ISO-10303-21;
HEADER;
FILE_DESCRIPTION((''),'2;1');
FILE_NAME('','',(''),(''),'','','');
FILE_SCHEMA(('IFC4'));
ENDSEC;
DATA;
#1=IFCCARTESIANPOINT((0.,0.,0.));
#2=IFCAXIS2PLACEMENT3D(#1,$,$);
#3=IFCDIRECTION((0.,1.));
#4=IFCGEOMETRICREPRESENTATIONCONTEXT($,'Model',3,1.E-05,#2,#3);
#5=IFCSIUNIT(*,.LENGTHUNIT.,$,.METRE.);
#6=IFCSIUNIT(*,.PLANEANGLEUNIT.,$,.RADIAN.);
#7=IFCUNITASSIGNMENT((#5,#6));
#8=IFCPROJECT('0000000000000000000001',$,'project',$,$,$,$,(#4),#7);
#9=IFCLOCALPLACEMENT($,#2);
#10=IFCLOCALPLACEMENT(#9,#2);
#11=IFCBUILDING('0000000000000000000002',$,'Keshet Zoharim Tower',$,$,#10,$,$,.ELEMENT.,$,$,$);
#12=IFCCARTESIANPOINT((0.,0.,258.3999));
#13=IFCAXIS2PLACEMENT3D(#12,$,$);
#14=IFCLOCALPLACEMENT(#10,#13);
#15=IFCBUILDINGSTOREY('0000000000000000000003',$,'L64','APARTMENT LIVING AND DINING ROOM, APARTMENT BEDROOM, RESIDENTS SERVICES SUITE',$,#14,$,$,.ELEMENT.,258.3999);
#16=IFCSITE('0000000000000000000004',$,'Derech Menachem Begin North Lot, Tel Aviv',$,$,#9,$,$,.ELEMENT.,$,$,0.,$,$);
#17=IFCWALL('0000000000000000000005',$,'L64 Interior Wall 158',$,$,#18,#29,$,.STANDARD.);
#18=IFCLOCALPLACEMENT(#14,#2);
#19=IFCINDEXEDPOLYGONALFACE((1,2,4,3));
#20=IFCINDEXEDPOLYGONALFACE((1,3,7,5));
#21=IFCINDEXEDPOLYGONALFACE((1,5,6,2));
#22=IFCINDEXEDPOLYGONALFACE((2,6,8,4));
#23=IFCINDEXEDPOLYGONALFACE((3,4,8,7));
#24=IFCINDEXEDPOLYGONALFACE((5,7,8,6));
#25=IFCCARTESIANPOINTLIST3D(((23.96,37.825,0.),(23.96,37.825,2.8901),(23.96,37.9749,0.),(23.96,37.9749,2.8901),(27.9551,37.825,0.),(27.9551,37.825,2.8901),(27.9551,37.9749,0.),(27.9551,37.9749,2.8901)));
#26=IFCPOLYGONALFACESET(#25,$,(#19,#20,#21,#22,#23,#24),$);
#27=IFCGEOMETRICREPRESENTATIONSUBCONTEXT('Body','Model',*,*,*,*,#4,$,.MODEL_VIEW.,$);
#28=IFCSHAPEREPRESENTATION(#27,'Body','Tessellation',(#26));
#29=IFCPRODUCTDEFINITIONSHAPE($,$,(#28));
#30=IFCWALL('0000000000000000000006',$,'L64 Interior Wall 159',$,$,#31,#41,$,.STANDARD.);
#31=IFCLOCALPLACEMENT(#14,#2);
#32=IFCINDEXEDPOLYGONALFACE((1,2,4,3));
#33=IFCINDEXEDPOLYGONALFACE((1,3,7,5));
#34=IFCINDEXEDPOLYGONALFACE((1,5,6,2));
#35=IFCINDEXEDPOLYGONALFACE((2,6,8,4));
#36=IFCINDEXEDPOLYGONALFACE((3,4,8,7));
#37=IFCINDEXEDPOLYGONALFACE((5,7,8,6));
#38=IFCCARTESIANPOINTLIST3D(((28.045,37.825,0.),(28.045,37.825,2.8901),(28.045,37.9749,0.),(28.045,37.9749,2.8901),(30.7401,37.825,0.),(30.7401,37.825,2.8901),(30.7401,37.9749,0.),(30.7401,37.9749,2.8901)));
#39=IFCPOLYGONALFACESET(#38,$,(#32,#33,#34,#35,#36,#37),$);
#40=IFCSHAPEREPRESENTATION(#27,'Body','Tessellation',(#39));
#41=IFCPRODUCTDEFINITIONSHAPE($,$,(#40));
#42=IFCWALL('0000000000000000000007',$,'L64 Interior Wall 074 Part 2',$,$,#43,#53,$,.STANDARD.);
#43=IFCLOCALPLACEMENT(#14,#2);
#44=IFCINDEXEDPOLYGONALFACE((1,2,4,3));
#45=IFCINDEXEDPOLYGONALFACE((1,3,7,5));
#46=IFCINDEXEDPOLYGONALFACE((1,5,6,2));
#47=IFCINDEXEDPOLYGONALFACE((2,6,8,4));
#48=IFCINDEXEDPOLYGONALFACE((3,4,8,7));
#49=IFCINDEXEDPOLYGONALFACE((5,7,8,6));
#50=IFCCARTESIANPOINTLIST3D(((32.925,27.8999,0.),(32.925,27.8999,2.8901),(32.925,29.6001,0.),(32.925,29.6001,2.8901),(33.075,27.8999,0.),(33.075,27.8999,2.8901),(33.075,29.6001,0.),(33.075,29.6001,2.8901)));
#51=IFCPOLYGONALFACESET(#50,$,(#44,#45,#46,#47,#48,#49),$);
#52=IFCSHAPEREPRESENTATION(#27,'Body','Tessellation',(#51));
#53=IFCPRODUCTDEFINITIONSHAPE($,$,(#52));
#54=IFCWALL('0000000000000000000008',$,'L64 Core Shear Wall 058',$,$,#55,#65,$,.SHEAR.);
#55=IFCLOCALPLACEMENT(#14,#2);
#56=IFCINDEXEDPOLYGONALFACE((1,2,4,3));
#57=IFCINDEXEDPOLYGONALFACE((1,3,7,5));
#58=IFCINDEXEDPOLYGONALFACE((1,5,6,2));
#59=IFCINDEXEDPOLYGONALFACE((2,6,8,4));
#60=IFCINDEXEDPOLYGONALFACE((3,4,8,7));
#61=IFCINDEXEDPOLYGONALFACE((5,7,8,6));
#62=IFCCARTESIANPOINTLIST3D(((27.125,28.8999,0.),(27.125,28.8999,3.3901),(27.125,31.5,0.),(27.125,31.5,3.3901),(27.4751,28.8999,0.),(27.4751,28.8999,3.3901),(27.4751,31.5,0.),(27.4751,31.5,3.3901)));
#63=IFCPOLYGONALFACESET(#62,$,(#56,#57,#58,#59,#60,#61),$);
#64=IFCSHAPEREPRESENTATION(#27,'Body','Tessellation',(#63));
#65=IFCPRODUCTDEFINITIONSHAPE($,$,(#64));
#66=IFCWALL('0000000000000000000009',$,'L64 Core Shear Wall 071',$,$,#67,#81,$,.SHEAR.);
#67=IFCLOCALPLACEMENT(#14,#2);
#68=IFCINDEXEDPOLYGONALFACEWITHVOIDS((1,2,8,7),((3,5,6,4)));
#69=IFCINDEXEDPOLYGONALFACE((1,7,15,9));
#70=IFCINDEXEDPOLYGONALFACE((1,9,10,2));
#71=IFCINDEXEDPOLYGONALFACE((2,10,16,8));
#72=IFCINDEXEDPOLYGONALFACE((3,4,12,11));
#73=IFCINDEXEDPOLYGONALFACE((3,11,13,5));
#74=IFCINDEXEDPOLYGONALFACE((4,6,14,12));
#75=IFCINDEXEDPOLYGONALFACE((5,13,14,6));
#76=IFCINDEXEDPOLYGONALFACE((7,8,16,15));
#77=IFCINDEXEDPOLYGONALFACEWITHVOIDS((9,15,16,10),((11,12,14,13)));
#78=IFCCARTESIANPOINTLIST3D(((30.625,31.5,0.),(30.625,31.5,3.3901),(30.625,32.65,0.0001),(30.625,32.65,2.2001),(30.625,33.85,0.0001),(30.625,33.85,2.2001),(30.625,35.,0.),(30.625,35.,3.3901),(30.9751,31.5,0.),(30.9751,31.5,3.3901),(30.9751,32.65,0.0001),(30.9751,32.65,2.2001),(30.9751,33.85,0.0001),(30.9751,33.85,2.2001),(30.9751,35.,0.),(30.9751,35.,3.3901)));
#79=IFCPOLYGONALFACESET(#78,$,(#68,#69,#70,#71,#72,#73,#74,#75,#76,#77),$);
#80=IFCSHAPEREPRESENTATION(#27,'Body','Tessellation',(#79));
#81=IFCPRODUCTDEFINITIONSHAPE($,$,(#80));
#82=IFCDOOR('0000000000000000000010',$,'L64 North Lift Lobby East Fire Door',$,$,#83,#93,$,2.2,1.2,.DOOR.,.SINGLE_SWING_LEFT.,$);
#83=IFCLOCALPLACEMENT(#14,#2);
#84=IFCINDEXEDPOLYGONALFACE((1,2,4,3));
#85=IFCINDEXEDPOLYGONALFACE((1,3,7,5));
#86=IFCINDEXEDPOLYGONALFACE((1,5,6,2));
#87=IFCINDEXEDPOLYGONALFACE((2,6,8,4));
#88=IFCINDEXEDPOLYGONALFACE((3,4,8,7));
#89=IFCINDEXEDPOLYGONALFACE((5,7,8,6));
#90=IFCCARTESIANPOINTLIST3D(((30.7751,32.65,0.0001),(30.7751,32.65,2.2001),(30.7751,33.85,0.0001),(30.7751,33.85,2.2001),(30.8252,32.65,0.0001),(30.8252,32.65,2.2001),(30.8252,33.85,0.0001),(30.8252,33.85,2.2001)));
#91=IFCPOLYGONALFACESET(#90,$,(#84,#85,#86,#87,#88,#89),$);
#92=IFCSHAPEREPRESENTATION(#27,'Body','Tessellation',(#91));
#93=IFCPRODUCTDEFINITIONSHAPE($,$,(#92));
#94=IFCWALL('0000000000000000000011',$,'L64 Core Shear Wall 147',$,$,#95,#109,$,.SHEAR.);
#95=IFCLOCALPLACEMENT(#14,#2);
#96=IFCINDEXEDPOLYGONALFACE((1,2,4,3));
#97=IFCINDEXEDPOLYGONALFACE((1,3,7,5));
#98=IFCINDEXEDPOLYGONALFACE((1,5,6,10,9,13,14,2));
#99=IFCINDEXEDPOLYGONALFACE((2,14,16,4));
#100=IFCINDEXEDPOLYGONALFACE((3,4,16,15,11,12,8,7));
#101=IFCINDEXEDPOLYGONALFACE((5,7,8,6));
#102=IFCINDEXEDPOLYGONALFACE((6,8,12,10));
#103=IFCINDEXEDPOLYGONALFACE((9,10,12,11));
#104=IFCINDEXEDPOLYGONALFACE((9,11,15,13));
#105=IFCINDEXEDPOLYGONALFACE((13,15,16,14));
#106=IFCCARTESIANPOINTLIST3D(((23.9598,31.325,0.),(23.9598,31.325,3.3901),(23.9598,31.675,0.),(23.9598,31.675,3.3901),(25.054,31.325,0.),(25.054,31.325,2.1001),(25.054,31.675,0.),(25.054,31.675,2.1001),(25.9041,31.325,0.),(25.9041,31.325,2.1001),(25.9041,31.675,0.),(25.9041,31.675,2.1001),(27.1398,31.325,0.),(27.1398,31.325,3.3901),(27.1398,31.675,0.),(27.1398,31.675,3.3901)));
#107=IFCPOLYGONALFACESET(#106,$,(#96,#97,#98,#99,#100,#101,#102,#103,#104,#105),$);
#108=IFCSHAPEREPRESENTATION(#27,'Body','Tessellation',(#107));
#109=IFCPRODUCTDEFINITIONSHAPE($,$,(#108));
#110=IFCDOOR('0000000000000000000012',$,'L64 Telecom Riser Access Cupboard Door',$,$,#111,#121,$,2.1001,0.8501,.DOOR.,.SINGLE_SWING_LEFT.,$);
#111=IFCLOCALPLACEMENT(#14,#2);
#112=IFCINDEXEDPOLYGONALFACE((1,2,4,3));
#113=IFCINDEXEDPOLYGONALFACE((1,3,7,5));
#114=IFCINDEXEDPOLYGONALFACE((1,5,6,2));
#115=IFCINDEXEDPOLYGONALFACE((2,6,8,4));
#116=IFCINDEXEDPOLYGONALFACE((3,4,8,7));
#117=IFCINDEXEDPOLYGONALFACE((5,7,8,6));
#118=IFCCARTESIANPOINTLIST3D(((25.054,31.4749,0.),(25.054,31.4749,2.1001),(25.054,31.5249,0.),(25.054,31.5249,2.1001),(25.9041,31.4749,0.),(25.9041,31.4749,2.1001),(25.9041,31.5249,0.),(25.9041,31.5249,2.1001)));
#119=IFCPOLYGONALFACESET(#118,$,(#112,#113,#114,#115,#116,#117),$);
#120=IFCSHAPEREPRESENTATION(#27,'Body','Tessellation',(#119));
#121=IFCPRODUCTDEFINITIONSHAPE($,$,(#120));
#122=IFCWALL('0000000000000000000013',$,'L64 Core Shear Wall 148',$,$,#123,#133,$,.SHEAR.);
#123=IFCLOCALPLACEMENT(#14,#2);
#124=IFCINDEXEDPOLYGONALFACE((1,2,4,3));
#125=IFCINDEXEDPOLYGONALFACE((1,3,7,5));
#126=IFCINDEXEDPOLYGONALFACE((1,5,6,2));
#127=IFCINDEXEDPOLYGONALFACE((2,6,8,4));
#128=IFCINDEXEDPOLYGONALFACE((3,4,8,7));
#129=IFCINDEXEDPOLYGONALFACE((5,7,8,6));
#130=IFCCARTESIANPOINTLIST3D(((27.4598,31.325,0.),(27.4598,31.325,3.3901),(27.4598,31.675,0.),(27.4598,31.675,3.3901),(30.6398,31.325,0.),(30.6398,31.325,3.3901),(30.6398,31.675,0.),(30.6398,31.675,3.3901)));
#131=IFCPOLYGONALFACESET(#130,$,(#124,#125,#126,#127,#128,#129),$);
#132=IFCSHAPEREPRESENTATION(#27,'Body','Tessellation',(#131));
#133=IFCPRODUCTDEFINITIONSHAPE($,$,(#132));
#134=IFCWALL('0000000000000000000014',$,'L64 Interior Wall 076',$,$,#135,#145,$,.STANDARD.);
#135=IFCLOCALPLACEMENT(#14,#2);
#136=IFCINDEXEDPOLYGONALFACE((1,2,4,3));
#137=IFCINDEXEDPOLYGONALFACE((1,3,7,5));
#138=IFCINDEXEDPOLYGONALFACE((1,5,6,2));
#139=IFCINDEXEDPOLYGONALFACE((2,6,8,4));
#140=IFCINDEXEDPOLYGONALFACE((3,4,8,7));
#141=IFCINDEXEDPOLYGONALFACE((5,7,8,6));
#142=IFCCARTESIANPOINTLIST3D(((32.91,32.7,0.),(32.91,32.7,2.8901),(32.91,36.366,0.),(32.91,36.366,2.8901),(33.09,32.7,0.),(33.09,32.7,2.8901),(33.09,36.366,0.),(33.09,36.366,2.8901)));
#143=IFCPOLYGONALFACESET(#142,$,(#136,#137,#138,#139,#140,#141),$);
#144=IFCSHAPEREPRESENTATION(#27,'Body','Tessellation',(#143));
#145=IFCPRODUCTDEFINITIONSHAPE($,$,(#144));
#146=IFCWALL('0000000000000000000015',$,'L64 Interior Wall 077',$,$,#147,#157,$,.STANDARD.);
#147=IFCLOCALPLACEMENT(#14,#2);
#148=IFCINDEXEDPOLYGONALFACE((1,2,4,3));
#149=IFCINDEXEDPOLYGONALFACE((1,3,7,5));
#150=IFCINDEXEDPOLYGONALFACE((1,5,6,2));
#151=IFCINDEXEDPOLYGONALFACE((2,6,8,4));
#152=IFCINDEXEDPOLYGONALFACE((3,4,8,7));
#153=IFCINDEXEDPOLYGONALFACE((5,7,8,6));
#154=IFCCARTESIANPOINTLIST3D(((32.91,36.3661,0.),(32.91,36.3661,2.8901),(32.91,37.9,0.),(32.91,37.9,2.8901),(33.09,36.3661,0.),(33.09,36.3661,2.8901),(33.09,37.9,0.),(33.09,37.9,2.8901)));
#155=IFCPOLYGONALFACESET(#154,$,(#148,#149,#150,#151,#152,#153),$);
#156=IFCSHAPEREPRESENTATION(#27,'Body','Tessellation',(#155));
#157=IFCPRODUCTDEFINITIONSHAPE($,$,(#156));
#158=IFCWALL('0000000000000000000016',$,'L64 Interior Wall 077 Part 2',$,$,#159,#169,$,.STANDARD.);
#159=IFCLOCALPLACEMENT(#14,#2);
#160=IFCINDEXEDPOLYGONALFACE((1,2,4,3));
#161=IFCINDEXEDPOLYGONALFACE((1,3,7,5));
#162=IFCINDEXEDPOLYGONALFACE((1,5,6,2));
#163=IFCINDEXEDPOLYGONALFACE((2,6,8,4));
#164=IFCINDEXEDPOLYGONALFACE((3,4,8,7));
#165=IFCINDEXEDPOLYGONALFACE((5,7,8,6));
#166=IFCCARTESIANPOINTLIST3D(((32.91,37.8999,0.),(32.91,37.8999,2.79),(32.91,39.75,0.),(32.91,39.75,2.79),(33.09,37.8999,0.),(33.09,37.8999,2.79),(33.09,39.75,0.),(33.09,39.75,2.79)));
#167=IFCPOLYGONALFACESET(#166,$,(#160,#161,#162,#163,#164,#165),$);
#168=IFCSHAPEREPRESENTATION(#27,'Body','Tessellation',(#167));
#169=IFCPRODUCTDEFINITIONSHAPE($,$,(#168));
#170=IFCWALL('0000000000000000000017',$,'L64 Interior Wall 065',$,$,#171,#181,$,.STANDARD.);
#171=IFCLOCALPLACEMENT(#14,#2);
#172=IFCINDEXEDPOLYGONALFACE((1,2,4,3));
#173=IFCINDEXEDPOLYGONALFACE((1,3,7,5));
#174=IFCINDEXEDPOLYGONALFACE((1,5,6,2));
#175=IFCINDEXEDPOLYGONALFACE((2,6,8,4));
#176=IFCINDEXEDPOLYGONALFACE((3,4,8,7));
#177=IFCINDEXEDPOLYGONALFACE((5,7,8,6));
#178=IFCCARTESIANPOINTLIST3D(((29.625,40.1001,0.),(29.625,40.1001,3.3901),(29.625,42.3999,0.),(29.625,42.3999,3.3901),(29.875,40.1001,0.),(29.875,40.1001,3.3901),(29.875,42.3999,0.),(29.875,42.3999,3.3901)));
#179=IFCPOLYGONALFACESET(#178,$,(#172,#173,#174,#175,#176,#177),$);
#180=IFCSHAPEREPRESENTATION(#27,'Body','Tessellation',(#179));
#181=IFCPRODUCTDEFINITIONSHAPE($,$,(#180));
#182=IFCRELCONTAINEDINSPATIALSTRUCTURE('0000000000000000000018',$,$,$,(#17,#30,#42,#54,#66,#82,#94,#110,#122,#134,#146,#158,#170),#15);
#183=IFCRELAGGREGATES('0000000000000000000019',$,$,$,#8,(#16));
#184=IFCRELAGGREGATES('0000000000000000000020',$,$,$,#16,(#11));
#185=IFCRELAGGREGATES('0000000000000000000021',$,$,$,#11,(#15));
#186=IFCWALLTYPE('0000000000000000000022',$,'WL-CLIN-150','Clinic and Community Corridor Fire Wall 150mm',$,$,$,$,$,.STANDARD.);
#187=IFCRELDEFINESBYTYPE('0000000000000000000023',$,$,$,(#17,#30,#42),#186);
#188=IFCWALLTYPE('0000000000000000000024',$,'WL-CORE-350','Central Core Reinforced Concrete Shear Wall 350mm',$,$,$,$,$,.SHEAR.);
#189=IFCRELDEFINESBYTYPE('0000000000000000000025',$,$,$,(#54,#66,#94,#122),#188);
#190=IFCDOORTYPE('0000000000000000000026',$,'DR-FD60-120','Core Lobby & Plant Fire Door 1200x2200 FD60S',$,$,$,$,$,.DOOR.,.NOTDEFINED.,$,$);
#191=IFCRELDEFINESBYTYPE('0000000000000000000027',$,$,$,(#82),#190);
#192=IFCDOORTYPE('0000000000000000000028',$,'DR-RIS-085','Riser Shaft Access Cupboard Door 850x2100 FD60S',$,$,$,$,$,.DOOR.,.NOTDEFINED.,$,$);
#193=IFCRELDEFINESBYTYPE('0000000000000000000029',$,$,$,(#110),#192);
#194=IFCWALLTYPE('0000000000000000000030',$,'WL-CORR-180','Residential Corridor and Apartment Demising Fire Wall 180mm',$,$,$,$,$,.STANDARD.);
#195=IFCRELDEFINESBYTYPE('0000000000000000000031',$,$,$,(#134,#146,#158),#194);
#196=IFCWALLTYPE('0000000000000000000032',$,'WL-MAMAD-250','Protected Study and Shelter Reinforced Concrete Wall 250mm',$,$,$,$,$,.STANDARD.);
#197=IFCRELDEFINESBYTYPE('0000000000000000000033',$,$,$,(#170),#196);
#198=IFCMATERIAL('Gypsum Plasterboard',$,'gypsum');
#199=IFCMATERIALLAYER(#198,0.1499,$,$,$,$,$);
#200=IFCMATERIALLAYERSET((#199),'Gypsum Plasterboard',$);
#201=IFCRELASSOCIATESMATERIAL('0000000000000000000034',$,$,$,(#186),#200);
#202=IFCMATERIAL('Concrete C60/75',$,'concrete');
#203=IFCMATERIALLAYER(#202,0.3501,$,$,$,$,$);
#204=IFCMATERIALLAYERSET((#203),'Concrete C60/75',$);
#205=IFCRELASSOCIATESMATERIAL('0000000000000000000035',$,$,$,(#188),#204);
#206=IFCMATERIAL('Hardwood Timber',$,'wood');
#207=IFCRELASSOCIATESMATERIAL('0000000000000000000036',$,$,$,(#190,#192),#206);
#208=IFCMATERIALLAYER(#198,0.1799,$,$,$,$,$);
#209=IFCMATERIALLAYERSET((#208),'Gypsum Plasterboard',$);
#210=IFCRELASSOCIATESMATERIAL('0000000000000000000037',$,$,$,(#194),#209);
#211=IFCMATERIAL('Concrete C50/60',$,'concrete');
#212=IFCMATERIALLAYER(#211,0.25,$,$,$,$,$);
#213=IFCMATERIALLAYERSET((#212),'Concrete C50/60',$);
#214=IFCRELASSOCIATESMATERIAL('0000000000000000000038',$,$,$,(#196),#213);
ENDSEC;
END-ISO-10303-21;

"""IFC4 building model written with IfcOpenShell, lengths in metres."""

from ifc_helpers import new_model, si_unit, direction, frame, frame_2d, origin, place, context, subcontext, project, spatial, rectangle, extrude, material, layer, layer_set, type_object, element, fill, save


model = new_model("IFC4")

# Units and contexts
model_context = context("Model", 3, precision=1e-05, world=origin(), true_north=direction((0.0, 1.0)))
body_context = subcontext(model_context, "Body", "Model", "MODEL_VIEW")
ifc_project = project(units=[si_unit("LENGTHUNIT", "METRE"), si_unit("PLANEANGLEUNIT", "RADIAN")], contexts=[model_context])

# Site, building, storey
site_placement = place(None, origin())
site = spatial("IfcSite", under=ifc_project, at=site_placement, Name="Derech Menachem Begin North Lot, Tel Aviv", CompositionType="ELEMENT", RefElevation=0.0)
building_placement = place(site_placement, origin())
building = spatial("IfcBuilding", under=site, at=building_placement, Name="Keshet Zoharim Tower", CompositionType="ELEMENT")
storey_placement = place(building_placement, frame((0.0, 0.0, 258.3999)))
storey = spatial("IfcBuildingStorey", under=building, at=storey_placement, Name="L64", Description="APARTMENT LIVING AND DINING ROOM, APARTMENT BEDROOM, RESIDENTS SERVICES SUITE", CompositionType="ELEMENT", Elevation=258.3999)

# Shared definitions
ifc_material_1 = material(Name="Concrete C50/60", Category="concrete")

# Walls
ifc_material_2 = material(Name="Gypsum Plasterboard", Category="gypsum")
ifc_layer_1 = layer(ifc_material_2, 0.1499)
ifc_layer_set_1 = layer_set([ifc_layer_1], Name="Gypsum Plasterboard")
wall_type_1 = type_object("IfcWallType", Name="WL-CLIN-150", Description="Clinic and Community Corridor Fire Wall 150mm", PredefinedType="STANDARD", material=ifc_layer_set_1)
wall_1_placement = place(storey_placement, frame((23.96, 37.8999, 0.0), z_axis=(0.0, 0.0, 1.0), x_axis=(1.0, 0.0, 0.0)))
element("IfcWall", 1, at=wall_1_placement, inside=storey, type_object=wall_type_1, Name="L64 Interior Wall 158", PredefinedType="STANDARD", context=body_context, shape_type="SweptSolid", body=[
    extrude(rectangle(XDim=3.9951, YDim=0.1499, at=frame_2d((1.9976, 0.0))), origin(), (0.0, 0.0, 1.0), 2.8901),
])
wall_2_placement = place(storey_placement, frame((28.0449, 37.8999, 0.0), z_axis=(0.0, 0.0, 1.0), x_axis=(1.0, 0.0, 0.0)))
element("IfcWall", 2, at=wall_2_placement, inside=storey, type_object=wall_type_1, Name="L64 Interior Wall 159", PredefinedType="STANDARD", context=body_context, shape_type="SweptSolid", body=[
    extrude(rectangle(XDim=2.6951, YDim=0.1499, at=frame_2d((1.3477, 0.0))), origin(), (0.0, 0.0, 1.0), 2.8901),
])
wall_3_placement = place(storey_placement, frame((33.0, 27.8999, 0.0), z_axis=(0.0, 0.0, 1.0), x_axis=(0.0, 1.0, 0.0)))
element("IfcWall", 3, at=wall_3_placement, inside=storey, type_object=wall_type_1, Name="L64 Interior Wall 074 Part 2", PredefinedType="STANDARD", context=body_context, shape_type="SweptSolid", body=[
    extrude(rectangle(XDim=1.7002, YDim=0.1499, at=frame_2d((0.8501, 0.0))), origin(), (0.0, 0.0, 1.0), 2.8901),
])
ifc_material_3 = material(Name="Concrete C60/75", Category="concrete")
ifc_layer_2 = layer(ifc_material_3, 0.3501)
ifc_layer_set_2 = layer_set([ifc_layer_2], Name="Concrete C60/75")
wall_type_2 = type_object("IfcWallType", Name="WL-CORE-350", Description="Central Core Reinforced Concrete Shear Wall 350mm", PredefinedType="SHEAR", material=ifc_layer_set_2)
wall_4_placement = place(storey_placement, frame((27.3, 28.8999, 0.0), z_axis=(0.0, 0.0, 1.0), x_axis=(0.0, 1.0, 0.0)))
element("IfcWall", 4, at=wall_4_placement, inside=storey, type_object=wall_type_2, Name="L64 Core Shear Wall 058", PredefinedType="SHEAR", context=body_context, shape_type="SweptSolid", body=[
    extrude(rectangle(XDim=2.6001, YDim=0.3501, at=frame_2d((1.3, 0.0))), origin(), (0.0, 0.0, 1.0), 3.3901),
])

# Walls, openings, doors
wall_5_placement = place(storey_placement, frame((30.8, 31.5, 0.0), z_axis=(0.0, 0.0, 1.0), x_axis=(0.0, 1.0, 0.0)))
wall_5 = element("IfcWall", 5, at=wall_5_placement, inside=storey, type_object=wall_type_2, Name="L64 Core Shear Wall 071", PredefinedType="SHEAR", context=body_context, shape_type="SweptSolid", body=[
    extrude(rectangle(XDim=3.5, YDim=0.3501, at=frame_2d((1.75, 0.0))), origin(), (0.0, 0.0, 1.0), 3.3901),
])
opening_1_placement = place(wall_5_placement, frame((1.1499, 0.0, 0.0)))
opening_1 = element("IfcOpeningElement", 6, at=opening_1_placement, cuts=wall_5, PredefinedType="OPENING", context=body_context, shape_type="SweptSolid", body=[
    extrude(rectangle(XDim=1.2, YDim=2.2, at=frame_2d((0.6001, 1.1001))), frame((0.0, 0.1851, 0.0), z_axis=(0.0, -1.0, 0.0), x_axis=(1.0, 0.0, 0.0)), (0.0, 0.0, 1.0), 0.3701),
])
ifc_material_4 = material(Name="Hardwood Timber", Category="wood")
door_type_1 = type_object("IfcDoorType", Name="DR-FD60-120", Description="Core Lobby & Plant Fire Door 1200x2200 FD60S", OperationType="NOTDEFINED", PredefinedType="DOOR", material=ifc_material_4)
door_1_placement = place(opening_1_placement, origin())
door_1 = element("IfcDoor", 7, at=door_1_placement, inside=storey, type_object=door_type_1, Name="L64 North Lift Lobby East Fire Door", OperationType="SINGLE_SWING_LEFT", OverallHeight=2.2, OverallWidth=1.2, PredefinedType="DOOR", context=body_context, shape_type="SweptSolid", body=[
    extrude(rectangle(XDim=1.2, YDim=2.2, at=frame_2d((0.6001, 1.1001))), frame((0.0, 0.0249, 0.0), z_axis=(0.0, -1.0, 0.0), x_axis=(1.0, 0.0, 0.0)), (0.0, 0.0, 1.0), 0.05),
])
fill(opening_1, door_1)
wall_6_placement = place(storey_placement, frame((23.96, 31.5, 0.0), z_axis=(0.0, 0.0, 1.0), x_axis=(1.0, 0.0, 0.0)))
wall_6 = element("IfcWall", 8, at=wall_6_placement, inside=storey, type_object=wall_type_2, Name="L64 Core Shear Wall 147", PredefinedType="SHEAR", context=body_context, shape_type="SweptSolid", body=[
    extrude(rectangle(XDim=3.1799, YDim=0.3501, at=frame_2d((1.5898, 0.0))), origin(), (0.0, 0.0, 1.0), 3.3901),
])
opening_2_placement = place(wall_6_placement, frame((1.094, 0.0, 0.0)))
opening_2 = element("IfcOpeningElement", 9, at=opening_2_placement, cuts=wall_6, PredefinedType="OPENING", context=body_context, shape_type="SweptSolid", body=[
    extrude(rectangle(XDim=0.8501, YDim=2.1001, at=frame_2d((0.425, 1.05))), frame((0.0, 0.1851, 0.0), z_axis=(0.0, -1.0, 0.0), x_axis=(1.0, 0.0, 0.0)), (0.0, 0.0, 1.0), 0.3701),
])
door_type_2 = type_object("IfcDoorType", Name="DR-RIS-085", Description="Riser Shaft Access Cupboard Door 850x2100 FD60S", OperationType="NOTDEFINED", PredefinedType="DOOR", material=ifc_material_4)
door_2_placement = place(opening_2_placement, origin())
door_2 = element("IfcDoor", 10, at=door_2_placement, inside=storey, type_object=door_type_2, Name="L64 Telecom Riser Access Cupboard Door", OperationType="SINGLE_SWING_LEFT", OverallHeight=2.1001, OverallWidth=0.8501, PredefinedType="DOOR", context=body_context, shape_type="SweptSolid", body=[
    extrude(rectangle(XDim=0.8501, YDim=2.1001, at=frame_2d((0.425, 1.05))), frame((0.0, 0.0249, 0.0), z_axis=(0.0, -1.0, 0.0), x_axis=(1.0, 0.0, 0.0)), (0.0, 0.0, 1.0), 0.05),
])
fill(opening_2, door_2)

# Wall
wall_7_placement = place(storey_placement, frame((27.46, 31.5, 0.0), z_axis=(0.0, 0.0, 1.0), x_axis=(1.0, 0.0, 0.0)))
element("IfcWall", 11, at=wall_7_placement, inside=storey, type_object=wall_type_2, Name="L64 Core Shear Wall 148", PredefinedType="SHEAR", context=body_context, shape_type="SweptSolid", body=[
    extrude(rectangle(XDim=3.1799, YDim=0.3501, at=frame_2d((1.5898, 0.0))), origin(), (0.0, 0.0, 1.0), 3.3901),
])

# Shared definitions
ifc_layer_3 = layer(ifc_material_2, 0.1799)
ifc_layer_set_3 = layer_set([ifc_layer_3], Name="Gypsum Plasterboard")
wall_type_3 = type_object("IfcWallType", Name="WL-CORR-180", Description="Residential Corridor and Apartment Demising Fire Wall 180mm", PredefinedType="STANDARD", material=ifc_layer_set_3)

# Walls
wall_8_placement = place(storey_placement, frame((33.0, 32.7, 0.0), z_axis=(0.0, 0.0, 1.0), x_axis=(0.0, 1.0, 0.0)))
element("IfcWall", 12, at=wall_8_placement, inside=storey, type_object=wall_type_3, Name="L64 Interior Wall 076", PredefinedType="STANDARD", context=body_context, shape_type="SweptSolid", body=[
    extrude(rectangle(XDim=3.666, YDim=0.1799, at=frame_2d((1.833, 0.0))), origin(), (0.0, 0.0, 1.0), 2.8901),
])
wall_9_placement = place(storey_placement, frame((33.0, 36.366, 0.0), z_axis=(0.0, 0.0, 1.0), x_axis=(0.0, 1.0, 0.0)))
element("IfcWall", 13, at=wall_9_placement, inside=storey, type_object=wall_type_3, Name="L64 Interior Wall 077", PredefinedType="STANDARD", context=body_context, shape_type="SweptSolid", body=[
    extrude(rectangle(XDim=1.5339, YDim=0.1799, at=frame_2d((0.7671, 0.0))), origin(), (0.0, 0.0, 1.0), 2.8901),
])
wall_10_placement = place(storey_placement, frame((33.0, 37.8999, 0.0), z_axis=(0.0, 0.0, 1.0), x_axis=(0.0, 1.0, 0.0)))
element("IfcWall", 14, at=wall_10_placement, inside=storey, type_object=wall_type_3, Name="L64 Interior Wall 077 Part 2", PredefinedType="STANDARD", context=body_context, shape_type="SweptSolid", body=[
    extrude(rectangle(XDim=1.8501, YDim=0.1799, at=frame_2d((0.925, 0.0))), origin(), (0.0, 0.0, 1.0), 2.79),
])
ifc_layer_4 = layer(ifc_material_1, 0.25)
ifc_layer_set_4 = layer_set([ifc_layer_4], Name="Concrete C50/60")
wall_type_4 = type_object("IfcWallType", Name="WL-MAMAD-250", Description="Protected Study and Shelter Reinforced Concrete Wall 250mm", PredefinedType="STANDARD", material=ifc_layer_set_4)
wall_11_placement = place(storey_placement, frame((29.75, 40.1001, 0.0), z_axis=(0.0, 0.0, 1.0), x_axis=(0.0, 1.0, 0.0)))
element("IfcWall", 15, at=wall_11_placement, inside=storey, type_object=wall_type_4, Name="L64 Interior Wall 065", PredefinedType="STANDARD", context=body_context, shape_type="SweptSolid", body=[
    extrude(rectangle(XDim=2.2998, YDim=0.25, at=frame_2d((1.1499, 0.0))), origin(), (0.0, 0.0, 1.0), 3.3901),
])

save(model, "model.ifc")
